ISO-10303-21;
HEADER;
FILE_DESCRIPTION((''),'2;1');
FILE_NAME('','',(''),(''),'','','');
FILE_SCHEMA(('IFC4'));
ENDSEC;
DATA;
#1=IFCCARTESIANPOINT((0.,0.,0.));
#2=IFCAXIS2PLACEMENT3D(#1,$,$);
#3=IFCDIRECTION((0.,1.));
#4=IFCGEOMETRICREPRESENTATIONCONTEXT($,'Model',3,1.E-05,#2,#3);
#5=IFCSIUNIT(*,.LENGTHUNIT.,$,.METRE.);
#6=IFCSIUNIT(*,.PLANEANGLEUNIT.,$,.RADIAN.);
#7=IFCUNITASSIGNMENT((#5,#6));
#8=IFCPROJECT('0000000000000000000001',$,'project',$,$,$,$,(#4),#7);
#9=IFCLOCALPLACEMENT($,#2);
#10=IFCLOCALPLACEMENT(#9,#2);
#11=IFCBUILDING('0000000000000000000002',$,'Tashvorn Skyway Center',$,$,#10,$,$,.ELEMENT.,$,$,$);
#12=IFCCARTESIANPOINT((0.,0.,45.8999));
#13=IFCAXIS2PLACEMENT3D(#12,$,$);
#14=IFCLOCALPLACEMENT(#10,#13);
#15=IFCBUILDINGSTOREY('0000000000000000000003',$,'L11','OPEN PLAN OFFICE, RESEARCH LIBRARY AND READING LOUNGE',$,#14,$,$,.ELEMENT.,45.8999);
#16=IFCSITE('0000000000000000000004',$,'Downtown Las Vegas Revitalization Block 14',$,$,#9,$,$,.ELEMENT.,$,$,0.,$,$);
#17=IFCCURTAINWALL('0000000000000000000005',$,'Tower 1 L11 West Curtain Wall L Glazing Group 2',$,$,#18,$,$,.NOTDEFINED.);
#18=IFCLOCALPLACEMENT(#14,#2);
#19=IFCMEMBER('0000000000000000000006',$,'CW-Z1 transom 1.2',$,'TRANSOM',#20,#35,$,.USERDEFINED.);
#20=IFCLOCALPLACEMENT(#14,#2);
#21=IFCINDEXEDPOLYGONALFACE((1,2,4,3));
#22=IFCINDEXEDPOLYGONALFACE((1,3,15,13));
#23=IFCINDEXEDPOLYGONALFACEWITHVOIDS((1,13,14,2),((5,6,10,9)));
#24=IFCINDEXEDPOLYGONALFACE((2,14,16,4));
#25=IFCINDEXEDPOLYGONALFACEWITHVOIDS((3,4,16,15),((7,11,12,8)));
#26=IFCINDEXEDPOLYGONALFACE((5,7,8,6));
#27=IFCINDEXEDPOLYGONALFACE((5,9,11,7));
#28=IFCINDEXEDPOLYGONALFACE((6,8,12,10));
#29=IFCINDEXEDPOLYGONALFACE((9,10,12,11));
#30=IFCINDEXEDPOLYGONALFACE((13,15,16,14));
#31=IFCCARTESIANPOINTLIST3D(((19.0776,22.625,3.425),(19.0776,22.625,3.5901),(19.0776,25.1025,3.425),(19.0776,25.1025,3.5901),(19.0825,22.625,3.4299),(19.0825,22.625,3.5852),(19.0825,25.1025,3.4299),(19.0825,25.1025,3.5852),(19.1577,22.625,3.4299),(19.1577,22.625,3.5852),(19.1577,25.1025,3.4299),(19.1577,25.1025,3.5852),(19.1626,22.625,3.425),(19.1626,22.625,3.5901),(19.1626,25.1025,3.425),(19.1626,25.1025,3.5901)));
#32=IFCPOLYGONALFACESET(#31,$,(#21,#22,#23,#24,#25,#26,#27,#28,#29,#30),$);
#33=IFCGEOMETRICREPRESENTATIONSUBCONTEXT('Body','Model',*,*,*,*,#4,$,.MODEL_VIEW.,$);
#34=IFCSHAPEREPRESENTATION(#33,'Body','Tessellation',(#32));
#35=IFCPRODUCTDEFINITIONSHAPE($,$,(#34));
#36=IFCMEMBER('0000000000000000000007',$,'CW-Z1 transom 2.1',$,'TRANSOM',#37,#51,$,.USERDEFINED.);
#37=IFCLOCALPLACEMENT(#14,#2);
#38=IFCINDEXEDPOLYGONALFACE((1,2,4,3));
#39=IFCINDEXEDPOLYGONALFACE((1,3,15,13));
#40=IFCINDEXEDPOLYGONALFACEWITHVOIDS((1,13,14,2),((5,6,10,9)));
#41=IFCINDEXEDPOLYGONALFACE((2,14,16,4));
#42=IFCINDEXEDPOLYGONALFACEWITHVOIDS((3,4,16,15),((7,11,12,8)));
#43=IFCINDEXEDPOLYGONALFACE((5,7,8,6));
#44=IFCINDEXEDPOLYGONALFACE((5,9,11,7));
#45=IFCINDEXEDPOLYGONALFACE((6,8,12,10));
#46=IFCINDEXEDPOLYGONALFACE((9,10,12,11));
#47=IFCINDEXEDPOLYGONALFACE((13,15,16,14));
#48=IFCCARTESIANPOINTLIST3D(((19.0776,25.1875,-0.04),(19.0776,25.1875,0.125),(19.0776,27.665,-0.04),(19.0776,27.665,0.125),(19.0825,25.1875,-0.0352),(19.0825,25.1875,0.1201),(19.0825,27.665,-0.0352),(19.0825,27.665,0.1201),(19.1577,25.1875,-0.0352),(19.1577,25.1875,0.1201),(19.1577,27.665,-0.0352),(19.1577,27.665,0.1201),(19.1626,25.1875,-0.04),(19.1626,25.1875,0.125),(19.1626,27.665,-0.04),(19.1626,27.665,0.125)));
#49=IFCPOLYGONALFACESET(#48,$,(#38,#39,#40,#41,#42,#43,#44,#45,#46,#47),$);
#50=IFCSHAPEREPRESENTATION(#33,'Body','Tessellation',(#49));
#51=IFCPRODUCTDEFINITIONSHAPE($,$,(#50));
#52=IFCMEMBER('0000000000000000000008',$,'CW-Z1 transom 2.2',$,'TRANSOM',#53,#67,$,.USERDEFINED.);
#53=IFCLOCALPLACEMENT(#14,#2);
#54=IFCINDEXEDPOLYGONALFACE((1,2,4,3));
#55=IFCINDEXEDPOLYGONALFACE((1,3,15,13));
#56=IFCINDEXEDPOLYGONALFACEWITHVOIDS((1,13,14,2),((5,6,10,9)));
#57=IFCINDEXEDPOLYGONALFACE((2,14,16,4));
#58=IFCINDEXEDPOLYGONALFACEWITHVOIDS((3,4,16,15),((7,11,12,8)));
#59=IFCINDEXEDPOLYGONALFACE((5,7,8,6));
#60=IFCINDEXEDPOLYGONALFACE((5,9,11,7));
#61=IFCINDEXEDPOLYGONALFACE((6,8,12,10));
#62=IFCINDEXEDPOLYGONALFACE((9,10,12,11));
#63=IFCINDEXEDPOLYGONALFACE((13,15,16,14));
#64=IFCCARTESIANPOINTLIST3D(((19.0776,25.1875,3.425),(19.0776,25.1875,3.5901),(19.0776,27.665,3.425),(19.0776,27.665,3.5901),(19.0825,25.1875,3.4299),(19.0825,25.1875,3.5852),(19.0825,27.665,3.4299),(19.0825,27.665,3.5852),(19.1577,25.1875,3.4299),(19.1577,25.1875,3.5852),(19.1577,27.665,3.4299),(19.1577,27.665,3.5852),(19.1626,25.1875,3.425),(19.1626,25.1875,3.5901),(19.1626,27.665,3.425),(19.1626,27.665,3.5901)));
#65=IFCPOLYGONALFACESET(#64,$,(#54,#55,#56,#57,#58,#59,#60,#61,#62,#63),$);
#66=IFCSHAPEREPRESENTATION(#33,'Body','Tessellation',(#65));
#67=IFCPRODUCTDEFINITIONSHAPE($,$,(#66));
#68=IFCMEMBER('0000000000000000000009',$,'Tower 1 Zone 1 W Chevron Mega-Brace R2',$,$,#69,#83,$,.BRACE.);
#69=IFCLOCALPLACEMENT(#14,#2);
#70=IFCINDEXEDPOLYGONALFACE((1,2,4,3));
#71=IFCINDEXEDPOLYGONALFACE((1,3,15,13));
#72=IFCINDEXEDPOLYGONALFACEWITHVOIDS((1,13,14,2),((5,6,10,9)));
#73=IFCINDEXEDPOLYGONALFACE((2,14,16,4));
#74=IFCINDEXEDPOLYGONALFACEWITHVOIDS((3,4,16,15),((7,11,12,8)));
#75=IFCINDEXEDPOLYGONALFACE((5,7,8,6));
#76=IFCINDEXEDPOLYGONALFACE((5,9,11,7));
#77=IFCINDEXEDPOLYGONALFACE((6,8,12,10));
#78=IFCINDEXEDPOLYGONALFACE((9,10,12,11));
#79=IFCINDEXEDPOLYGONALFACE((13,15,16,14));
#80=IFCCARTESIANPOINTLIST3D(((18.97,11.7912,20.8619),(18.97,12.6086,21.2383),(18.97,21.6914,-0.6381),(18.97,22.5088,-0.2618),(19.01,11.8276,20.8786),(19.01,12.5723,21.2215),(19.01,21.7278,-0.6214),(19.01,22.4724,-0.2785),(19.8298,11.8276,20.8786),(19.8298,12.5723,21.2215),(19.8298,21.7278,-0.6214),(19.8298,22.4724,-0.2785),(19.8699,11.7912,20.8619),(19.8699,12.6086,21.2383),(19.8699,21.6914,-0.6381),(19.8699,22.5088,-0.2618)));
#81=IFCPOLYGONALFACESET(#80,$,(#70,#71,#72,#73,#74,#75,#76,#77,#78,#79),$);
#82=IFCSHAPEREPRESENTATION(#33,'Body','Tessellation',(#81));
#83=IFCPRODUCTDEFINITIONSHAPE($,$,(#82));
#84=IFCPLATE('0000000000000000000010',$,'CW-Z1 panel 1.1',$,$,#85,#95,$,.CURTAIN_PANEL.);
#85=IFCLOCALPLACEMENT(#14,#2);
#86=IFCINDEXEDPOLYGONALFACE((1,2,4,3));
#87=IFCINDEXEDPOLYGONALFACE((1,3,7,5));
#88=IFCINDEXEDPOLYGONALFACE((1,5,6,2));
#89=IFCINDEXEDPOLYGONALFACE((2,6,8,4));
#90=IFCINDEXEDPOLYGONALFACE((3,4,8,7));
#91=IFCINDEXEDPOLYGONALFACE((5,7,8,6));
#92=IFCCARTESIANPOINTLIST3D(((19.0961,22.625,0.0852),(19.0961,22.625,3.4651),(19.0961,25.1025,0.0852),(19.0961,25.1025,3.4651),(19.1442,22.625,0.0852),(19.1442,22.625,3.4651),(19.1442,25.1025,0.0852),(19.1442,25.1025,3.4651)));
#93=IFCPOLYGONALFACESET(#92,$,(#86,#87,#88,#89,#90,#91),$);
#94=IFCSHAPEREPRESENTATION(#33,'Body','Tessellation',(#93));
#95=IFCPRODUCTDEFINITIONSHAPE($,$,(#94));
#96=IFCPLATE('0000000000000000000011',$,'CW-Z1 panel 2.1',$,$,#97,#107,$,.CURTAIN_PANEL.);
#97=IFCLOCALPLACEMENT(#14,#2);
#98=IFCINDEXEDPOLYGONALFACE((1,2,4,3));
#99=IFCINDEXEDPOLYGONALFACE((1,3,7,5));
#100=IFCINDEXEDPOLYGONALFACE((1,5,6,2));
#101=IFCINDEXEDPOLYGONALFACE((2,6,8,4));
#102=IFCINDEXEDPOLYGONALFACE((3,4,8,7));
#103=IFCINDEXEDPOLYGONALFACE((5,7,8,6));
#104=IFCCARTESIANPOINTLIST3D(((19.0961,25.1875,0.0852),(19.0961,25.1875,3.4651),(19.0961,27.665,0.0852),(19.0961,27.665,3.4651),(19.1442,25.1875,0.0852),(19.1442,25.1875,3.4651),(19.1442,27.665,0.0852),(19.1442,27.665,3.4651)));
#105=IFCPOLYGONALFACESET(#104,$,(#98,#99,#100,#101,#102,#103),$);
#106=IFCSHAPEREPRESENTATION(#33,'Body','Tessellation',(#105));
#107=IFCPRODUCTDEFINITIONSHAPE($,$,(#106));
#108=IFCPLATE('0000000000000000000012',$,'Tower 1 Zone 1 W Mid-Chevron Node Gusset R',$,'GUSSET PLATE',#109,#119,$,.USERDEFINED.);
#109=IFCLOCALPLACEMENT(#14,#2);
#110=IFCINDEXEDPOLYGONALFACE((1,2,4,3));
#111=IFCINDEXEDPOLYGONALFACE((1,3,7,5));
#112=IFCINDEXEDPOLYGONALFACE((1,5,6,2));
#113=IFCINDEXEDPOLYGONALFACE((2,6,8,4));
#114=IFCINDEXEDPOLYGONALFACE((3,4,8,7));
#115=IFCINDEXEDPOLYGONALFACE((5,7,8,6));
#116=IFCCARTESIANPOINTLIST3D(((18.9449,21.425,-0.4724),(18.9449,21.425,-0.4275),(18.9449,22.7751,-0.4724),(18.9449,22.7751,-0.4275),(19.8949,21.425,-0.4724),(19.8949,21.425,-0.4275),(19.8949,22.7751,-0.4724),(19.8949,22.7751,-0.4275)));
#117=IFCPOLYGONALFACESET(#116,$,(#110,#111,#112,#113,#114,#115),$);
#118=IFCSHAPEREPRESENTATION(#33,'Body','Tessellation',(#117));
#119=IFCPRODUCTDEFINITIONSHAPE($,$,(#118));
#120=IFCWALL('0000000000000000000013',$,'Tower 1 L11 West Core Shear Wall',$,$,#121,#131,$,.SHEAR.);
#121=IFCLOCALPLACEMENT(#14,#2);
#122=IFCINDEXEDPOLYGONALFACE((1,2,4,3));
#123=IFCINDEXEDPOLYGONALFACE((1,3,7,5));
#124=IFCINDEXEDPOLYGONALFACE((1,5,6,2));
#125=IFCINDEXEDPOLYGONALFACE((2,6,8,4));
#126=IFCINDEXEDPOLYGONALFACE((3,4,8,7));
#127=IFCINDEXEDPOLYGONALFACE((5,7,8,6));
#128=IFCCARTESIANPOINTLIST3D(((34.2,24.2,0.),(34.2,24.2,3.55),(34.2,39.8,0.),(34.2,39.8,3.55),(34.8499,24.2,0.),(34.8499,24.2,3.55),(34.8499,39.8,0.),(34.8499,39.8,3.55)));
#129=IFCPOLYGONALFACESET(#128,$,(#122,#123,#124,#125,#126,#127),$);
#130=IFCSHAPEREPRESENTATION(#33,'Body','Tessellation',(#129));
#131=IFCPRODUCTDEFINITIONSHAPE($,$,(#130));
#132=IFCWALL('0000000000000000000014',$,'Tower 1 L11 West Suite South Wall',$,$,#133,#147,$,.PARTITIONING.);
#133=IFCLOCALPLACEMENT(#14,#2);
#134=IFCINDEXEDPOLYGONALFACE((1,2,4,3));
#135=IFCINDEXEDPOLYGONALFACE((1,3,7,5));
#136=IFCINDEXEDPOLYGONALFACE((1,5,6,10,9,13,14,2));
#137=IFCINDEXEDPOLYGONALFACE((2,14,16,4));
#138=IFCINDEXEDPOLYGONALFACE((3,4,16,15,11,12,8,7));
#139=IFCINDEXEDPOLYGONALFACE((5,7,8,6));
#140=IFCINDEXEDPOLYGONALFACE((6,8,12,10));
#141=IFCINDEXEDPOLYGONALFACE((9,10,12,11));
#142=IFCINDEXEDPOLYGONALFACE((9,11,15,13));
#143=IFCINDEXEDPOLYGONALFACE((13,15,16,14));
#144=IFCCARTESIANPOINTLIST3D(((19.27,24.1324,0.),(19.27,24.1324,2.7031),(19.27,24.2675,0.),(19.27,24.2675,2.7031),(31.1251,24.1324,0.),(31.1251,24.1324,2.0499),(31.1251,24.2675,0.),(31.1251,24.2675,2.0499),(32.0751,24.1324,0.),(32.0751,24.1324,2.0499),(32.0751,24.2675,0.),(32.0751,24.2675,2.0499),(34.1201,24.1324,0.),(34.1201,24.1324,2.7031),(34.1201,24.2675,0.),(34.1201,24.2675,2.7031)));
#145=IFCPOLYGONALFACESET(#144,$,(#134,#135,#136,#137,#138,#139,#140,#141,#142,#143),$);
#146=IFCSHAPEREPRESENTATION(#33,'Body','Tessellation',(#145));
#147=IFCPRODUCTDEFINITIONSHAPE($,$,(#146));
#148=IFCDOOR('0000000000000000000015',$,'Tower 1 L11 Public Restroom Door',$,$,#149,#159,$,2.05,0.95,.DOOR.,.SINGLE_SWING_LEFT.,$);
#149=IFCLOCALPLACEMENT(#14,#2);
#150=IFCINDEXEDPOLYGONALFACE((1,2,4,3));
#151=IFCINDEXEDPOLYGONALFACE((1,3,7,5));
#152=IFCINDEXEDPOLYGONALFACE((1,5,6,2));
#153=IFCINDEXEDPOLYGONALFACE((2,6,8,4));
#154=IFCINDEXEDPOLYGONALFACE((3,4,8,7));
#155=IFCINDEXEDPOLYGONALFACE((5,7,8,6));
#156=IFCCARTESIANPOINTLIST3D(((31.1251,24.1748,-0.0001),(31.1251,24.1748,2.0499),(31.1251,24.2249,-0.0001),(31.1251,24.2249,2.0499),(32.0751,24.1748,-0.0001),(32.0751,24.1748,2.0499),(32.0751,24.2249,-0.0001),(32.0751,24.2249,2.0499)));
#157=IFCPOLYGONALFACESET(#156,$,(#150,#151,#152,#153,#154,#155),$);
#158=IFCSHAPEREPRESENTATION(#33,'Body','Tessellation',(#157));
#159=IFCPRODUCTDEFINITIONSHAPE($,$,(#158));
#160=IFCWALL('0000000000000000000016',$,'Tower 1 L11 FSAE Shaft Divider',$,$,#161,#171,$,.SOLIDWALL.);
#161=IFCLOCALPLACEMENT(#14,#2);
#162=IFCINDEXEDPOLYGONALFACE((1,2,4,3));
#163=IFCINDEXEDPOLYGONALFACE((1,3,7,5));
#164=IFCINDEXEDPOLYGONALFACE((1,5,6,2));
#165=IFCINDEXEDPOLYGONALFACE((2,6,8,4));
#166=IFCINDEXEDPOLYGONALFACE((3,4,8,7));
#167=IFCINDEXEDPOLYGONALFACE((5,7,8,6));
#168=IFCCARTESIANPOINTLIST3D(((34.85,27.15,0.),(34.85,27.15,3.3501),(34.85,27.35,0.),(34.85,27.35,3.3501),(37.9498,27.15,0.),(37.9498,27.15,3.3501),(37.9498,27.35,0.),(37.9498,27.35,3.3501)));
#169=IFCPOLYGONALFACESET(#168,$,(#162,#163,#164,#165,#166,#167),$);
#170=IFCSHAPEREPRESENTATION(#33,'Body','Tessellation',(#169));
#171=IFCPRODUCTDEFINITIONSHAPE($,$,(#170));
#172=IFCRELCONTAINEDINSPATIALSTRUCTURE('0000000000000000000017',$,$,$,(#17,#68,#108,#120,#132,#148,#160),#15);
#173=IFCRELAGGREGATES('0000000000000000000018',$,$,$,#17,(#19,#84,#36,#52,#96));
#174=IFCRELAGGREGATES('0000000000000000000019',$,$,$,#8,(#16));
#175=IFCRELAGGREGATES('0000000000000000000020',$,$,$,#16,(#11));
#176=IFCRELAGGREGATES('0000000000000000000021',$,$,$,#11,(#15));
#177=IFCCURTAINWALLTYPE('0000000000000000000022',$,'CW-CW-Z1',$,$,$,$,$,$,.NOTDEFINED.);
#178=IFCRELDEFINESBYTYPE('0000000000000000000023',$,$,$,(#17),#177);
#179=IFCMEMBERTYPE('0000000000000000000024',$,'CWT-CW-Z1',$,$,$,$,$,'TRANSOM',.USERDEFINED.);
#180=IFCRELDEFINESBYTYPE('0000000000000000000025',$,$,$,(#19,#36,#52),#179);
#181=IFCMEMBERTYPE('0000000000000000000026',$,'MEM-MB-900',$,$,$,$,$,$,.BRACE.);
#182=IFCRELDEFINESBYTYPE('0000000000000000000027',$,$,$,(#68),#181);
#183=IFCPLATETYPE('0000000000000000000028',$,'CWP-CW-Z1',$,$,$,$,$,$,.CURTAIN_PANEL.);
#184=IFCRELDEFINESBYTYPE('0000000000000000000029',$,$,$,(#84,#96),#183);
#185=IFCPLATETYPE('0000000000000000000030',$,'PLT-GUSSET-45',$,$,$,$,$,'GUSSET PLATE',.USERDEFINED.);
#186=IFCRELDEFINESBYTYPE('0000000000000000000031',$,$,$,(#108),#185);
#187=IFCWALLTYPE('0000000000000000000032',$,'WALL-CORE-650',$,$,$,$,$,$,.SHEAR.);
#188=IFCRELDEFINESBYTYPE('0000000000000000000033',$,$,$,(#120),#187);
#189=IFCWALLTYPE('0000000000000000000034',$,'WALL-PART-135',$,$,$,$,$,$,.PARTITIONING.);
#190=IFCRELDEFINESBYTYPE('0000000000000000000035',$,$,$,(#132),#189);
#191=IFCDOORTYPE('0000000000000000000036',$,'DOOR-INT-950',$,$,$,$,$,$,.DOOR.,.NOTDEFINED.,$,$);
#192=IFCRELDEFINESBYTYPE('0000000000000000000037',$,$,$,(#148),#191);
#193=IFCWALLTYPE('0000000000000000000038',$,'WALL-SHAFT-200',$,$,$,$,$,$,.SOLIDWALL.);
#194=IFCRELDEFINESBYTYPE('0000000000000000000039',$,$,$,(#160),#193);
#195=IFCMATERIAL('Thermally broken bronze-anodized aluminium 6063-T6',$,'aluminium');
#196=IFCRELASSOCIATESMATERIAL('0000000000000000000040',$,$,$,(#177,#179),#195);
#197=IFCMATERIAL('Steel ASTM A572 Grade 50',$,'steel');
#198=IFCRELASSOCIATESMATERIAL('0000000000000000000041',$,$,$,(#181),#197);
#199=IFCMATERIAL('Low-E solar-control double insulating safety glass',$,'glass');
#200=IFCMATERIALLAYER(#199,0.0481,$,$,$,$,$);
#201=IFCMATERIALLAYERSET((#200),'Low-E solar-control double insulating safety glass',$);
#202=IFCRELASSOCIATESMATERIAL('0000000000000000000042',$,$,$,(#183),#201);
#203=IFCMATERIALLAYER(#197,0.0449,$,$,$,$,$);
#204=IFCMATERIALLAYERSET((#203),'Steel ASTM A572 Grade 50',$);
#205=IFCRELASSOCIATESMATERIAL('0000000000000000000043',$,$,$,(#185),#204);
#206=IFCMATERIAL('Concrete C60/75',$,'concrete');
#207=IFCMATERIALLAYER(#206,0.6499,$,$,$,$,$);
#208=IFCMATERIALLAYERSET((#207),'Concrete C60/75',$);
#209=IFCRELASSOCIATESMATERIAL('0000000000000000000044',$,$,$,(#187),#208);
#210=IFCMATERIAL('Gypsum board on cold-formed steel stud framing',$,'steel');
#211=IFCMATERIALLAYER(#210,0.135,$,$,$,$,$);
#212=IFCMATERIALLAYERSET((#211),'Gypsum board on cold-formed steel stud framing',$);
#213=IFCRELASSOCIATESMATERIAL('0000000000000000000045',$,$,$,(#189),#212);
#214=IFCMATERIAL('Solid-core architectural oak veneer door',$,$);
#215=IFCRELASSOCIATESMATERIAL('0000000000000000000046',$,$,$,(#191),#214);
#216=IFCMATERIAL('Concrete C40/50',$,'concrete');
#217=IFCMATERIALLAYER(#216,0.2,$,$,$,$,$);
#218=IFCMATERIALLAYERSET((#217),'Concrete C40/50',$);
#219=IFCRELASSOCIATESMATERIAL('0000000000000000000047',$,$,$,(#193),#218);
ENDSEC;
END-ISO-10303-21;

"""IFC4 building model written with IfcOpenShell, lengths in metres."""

from ifc_helpers import new_model, si_unit, direction, frame, frame_2d, origin, origin_2d, place, context, subcontext, project, spatial, rectangle, hollow_rectangle, extrude, material, layer, layer_set, material_profile, profile_set, type_object, element, fill, aggregate, save


model = new_model("IFC4")

# Units and contexts
model_context = context("Model", 3, precision=1e-05, world=origin(), true_north=direction((0.0, 1.0)))
body_context = subcontext(model_context, "Body", "Model", "MODEL_VIEW")
ifc_project = project(units=[si_unit("LENGTHUNIT", "METRE"), si_unit("PLANEANGLEUNIT", "RADIAN")], contexts=[model_context])

# Site, building, storey
site_placement = place(None, origin())
site = spatial("IfcSite", under=ifc_project, at=site_placement, Name="Downtown Las Vegas Revitalization Block 14", CompositionType="ELEMENT", RefElevation=0.0)
building_placement = place(site_placement, origin())
building = spatial("IfcBuilding", under=site, at=building_placement, Name="Tashvorn Skyway Center", CompositionType="ELEMENT")
storey_placement = place(building_placement, frame((0.0, 0.0, 45.8999)))
storey = spatial("IfcBuildingStorey", under=building, at=storey_placement, Name="L11", Description="OPEN PLAN OFFICE, RESEARCH LIBRARY AND READING LOUNGE", CompositionType="ELEMENT", Elevation=45.8999)

# Shared definitions
ifc_material_1 = material(Name="Steel ASTM A572 Grade 50", Category="steel")

# Curtain wall, members
ifc_material_2 = material(Name="Thermally broken bronze-anodized aluminium 6063-T6", Category="aluminium")
curtain_wall_type = type_object("IfcCurtainWallType", Name="CW-CW-Z1", PredefinedType="NOTDEFINED", material=ifc_material_2)
curtain_wall_placement = place(storey_placement, origin())
curtain_wall = element("IfcCurtainWall", 1, at=curtain_wall_placement, inside=storey, type_object=curtain_wall_type, Name="Tower 1 L11 West Curtain Wall L Glazing Group 2", PredefinedType="NOTDEFINED")
ifc_material_profile_1 = material_profile(ifc_material_2, hollow_rectangle(XDim=0.085, YDim=0.165, WallThickness=0.0049, at=origin_2d()), Name="ALU-TRAN-85x165")
ifc_profile_set_1 = profile_set([ifc_material_profile_1], Name="Thermally broken bronze-anodized aluminium 6063-T6")
member_type_1 = type_object("IfcMemberType", Name="CWT-CW-Z1", ElementType="TRANSOM", PredefinedType="USERDEFINED", material=ifc_profile_set_1)
member_1_placement = place(storey_placement, frame((19.1201, 22.625, 3.5076), z_axis=(0.0, 1.0, 0.0), x_axis=(-1.0, 0.0, 0.0)))
member_1 = element("IfcMember", 2, at=member_1_placement, type_object=member_type_1, Name="CW-Z1 transom 1.2", ObjectType="TRANSOM", PredefinedType="USERDEFINED", context=body_context, shape_type="SweptSolid", body=[
    extrude(hollow_rectangle(XDim=0.085, YDim=0.165, WallThickness=0.0049, at=origin_2d()), origin(), (0.0, 0.0, 1.0), 2.4775),
])
member_2_placement = place(storey_placement, frame((19.1201, 25.1875, 0.0425), z_axis=(0.0, 1.0, 0.0), x_axis=(-1.0, 0.0, 0.0)))
member_2 = element("IfcMember", 3, at=member_2_placement, type_object=member_type_1, Name="CW-Z1 transom 2.1", ObjectType="TRANSOM", PredefinedType="USERDEFINED", context=body_context, shape_type="SweptSolid", body=[
    extrude(hollow_rectangle(XDim=0.085, YDim=0.165, WallThickness=0.0049, at=origin_2d()), origin(), (0.0, 0.0, 1.0), 2.4775),
])
member_3_placement = place(storey_placement, frame((19.1201, 25.1875, 3.5076), z_axis=(0.0, 1.0, 0.0), x_axis=(-1.0, 0.0, 0.0)))
member_3 = element("IfcMember", 4, at=member_3_placement, type_object=member_type_1, Name="CW-Z1 transom 2.2", ObjectType="TRANSOM", PredefinedType="USERDEFINED", context=body_context, shape_type="SweptSolid", body=[
    extrude(hollow_rectangle(XDim=0.085, YDim=0.165, WallThickness=0.0049, at=origin_2d()), origin(), (0.0, 0.0, 1.0), 2.4775),
])

# Member
ifc_material_profile_2 = material_profile(ifc_material_1, hollow_rectangle(XDim=0.8999, YDim=0.8999, WallThickness=0.04, at=origin_2d()), Name="BOX900x900x40")
ifc_profile_set_2 = profile_set([ifc_material_profile_2], Name="Steel ASTM A572 Grade 50")
member_type_2 = type_object("IfcMemberType", Name="MEM-MB-900", PredefinedType="BRACE", material=ifc_profile_set_2)
member_4_placement = place(storey_placement, frame((19.4199, 22.1001, -0.45), z_axis=(0.0, -0.418259, 0.908328), x_axis=(1.0, 0.0, 0.0)))
element("IfcMember", 5, at=member_4_placement, inside=storey, type_object=member_type_2, Name="Tower 1 Zone 1 W Chevron Mega-Brace R2", PredefinedType="BRACE", context=body_context, shape_type="SweptSolid", body=[
    extrude(hollow_rectangle(XDim=0.8999, YDim=0.8999, WallThickness=0.04, at=origin_2d()), origin(), (0.0, 0.0, 1.0), 23.6699),
])

# Plates
ifc_material_3 = material(Name="Low-E solar-control double insulating safety glass", Category="glass")
ifc_layer_1 = layer(ifc_material_3, 0.0481)
ifc_layer_set_1 = layer_set([ifc_layer_1], Name="Low-E solar-control double insulating safety glass")
plate_type_1 = type_object("IfcPlateType", Name="CWP-CW-Z1", PredefinedType="CURTAIN_PANEL", material=ifc_layer_set_1)
plate_1_placement = place(storey_placement, frame((19.1201, 23.8638, 0.0852), z_axis=(0.0, 0.0, 1.0), x_axis=(0.0, 1.0, 0.0)))
plate_1 = element("IfcPlate", 6, at=plate_1_placement, type_object=plate_type_1, Name="CW-Z1 panel 1.1", PredefinedType="CURTAIN_PANEL", context=body_context, shape_type="SweptSolid", body=[
    extrude(rectangle(XDim=2.4775, YDim=0.0481, at=origin_2d()), origin(), (0.0, 0.0, 1.0), 3.3799),
])
plate_2_placement = place(storey_placement, frame((19.1201, 26.4263, 0.0852), z_axis=(0.0, 0.0, 1.0), x_axis=(0.0, 1.0, 0.0)))
plate_2 = element("IfcPlate", 7, at=plate_2_placement, type_object=plate_type_1, Name="CW-Z1 panel 2.1", PredefinedType="CURTAIN_PANEL", context=body_context, shape_type="SweptSolid", body=[
    extrude(rectangle(XDim=2.4775, YDim=0.0481, at=origin_2d()), origin(), (0.0, 0.0, 1.0), 3.3799),
])
aggregate(curtain_wall, [member_1, plate_1, member_2, member_3, plate_2])
ifc_layer_2 = layer(ifc_material_1, 0.0449)
ifc_layer_set_2 = layer_set([ifc_layer_2], Name="Steel ASTM A572 Grade 50")
plate_type_2 = type_object("IfcPlateType", Name="PLT-GUSSET-45", ElementType="GUSSET PLATE", PredefinedType="USERDEFINED", material=ifc_layer_set_2)
plate_3_placement = place(storey_placement, frame((19.4199, 22.1001, -0.4724), z_axis=(0.0, 0.0, 1.0), x_axis=(0.0, -1.0, 0.0)))
element("IfcPlate", 8, at=plate_3_placement, inside=storey, type_object=plate_type_2, Name="Tower 1 Zone 1 W Mid-Chevron Node Gusset R", ObjectType="GUSSET PLATE", PredefinedType="USERDEFINED", context=body_context, shape_type="SweptSolid", body=[
    extrude(rectangle(XDim=1.3501, YDim=0.95, at=origin_2d()), origin(), (0.0, 0.0, 1.0), 0.0449),
])

# Wall
ifc_material_4 = material(Name="Concrete C60/75", Category="concrete")
ifc_layer_3 = layer(ifc_material_4, 0.6499)
ifc_layer_set_3 = layer_set([ifc_layer_3], Name="Concrete C60/75")
wall_type_1 = type_object("IfcWallType", Name="WALL-CORE-650", PredefinedType="SHEAR", material=ifc_layer_set_3)
wall_1_placement = place(storey_placement, frame((34.5249, 24.2, 0.0), z_axis=(0.0, 0.0, 1.0), x_axis=(0.0, 1.0, 0.0)))
element("IfcWall", 9, at=wall_1_placement, inside=storey, type_object=wall_type_1, Name="Tower 1 L11 West Core Shear Wall", PredefinedType="SHEAR", context=body_context, shape_type="SweptSolid", body=[
    extrude(rectangle(XDim=15.6001, YDim=0.6499, at=frame_2d((7.8, 0.0))), origin(), (0.0, 0.0, 1.0), 3.55),
])

# Wall, opening, door
ifc_material_5 = material(Name="Gypsum board on cold-formed steel stud framing", Category="steel")
ifc_layer_4 = layer(ifc_material_5, 0.135)
ifc_layer_set_4 = layer_set([ifc_layer_4], Name="Gypsum board on cold-formed steel stud framing")
wall_type_2 = type_object("IfcWallType", Name="WALL-PART-135", PredefinedType="PARTITIONING", material=ifc_layer_set_4)
wall_2_placement = place(storey_placement, frame((19.27, 24.2, 0.0), z_axis=(0.0, 0.0, 1.0), x_axis=(1.0, 0.0, 0.0)))
wall_2 = element("IfcWall", 10, at=wall_2_placement, inside=storey, type_object=wall_type_2, Name="Tower 1 L11 West Suite South Wall", PredefinedType="PARTITIONING", context=body_context, shape_type="SweptSolid", body=[
    extrude(rectangle(XDim=14.8501, YDim=0.135, at=frame_2d((7.425, 0.0))), origin(), (0.0, 0.0, 1.0), 2.7031),
])
opening_1_placement = place(wall_2_placement, frame((11.855, 0.0, 0.0)))
opening_1 = element("IfcOpeningElement", 11, at=opening_1_placement, cuts=wall_2, PredefinedType="OPENING", context=body_context, shape_type="SweptSolid", body=[
    extrude(rectangle(XDim=0.95, YDim=2.05, at=frame_2d((0.4751, 1.0249))), frame((0.0, 0.0774, 0.0), z_axis=(0.0, -1.0, 0.0), x_axis=(1.0, 0.0, 0.0)), (0.0, 0.0, 1.0), 0.155),
])
ifc_material_6 = material(Name="Solid-core architectural oak veneer door")
door_type_1 = type_object("IfcDoorType", Name="DOOR-INT-950", OperationType="NOTDEFINED", PredefinedType="DOOR", material=ifc_material_6)
door_1_placement = place(opening_1_placement, origin())
door_1 = element("IfcDoor", 12, at=door_1_placement, inside=storey, type_object=door_type_1, Name="Tower 1 L11 Public Restroom Door", OperationType="SINGLE_SWING_LEFT", OverallHeight=2.05, OverallWidth=0.95, PredefinedType="DOOR", context=body_context, shape_type="SweptSolid", body=[
    extrude(rectangle(XDim=0.95, YDim=2.05, at=frame_2d((0.4751, 1.0249))), frame((0.0, 0.0249, 0.0), z_axis=(0.0, -1.0, 0.0), x_axis=(1.0, 0.0, 0.0)), (0.0, 0.0, 1.0), 0.05),
])
fill(opening_1, door_1)

# Wall
ifc_material_7 = material(Name="Concrete C40/50", Category="concrete")
ifc_layer_5 = layer(ifc_material_7, 0.2)
ifc_layer_set_5 = layer_set([ifc_layer_5], Name="Concrete C40/50")
wall_type_3 = type_object("IfcWallType", Name="WALL-SHAFT-200", PredefinedType="SOLIDWALL", material=ifc_layer_set_5)
wall_3_placement = place(storey_placement, frame((34.8501, 27.25, 0.0), z_axis=(0.0, 0.0, 1.0), x_axis=(1.0, 0.0, 0.0)))
element("IfcWall", 13, at=wall_3_placement, inside=storey, type_object=wall_type_3, Name="Tower 1 L11 FSAE Shaft Divider", PredefinedType="SOLIDWALL", context=body_context, shape_type="SweptSolid", body=[
    extrude(rectangle(XDim=3.0999, YDim=0.2, at=frame_2d((1.5498, 0.0))), origin(), (0.0, 0.0, 1.0), 3.3501),
])

save(model, "model.ifc")
